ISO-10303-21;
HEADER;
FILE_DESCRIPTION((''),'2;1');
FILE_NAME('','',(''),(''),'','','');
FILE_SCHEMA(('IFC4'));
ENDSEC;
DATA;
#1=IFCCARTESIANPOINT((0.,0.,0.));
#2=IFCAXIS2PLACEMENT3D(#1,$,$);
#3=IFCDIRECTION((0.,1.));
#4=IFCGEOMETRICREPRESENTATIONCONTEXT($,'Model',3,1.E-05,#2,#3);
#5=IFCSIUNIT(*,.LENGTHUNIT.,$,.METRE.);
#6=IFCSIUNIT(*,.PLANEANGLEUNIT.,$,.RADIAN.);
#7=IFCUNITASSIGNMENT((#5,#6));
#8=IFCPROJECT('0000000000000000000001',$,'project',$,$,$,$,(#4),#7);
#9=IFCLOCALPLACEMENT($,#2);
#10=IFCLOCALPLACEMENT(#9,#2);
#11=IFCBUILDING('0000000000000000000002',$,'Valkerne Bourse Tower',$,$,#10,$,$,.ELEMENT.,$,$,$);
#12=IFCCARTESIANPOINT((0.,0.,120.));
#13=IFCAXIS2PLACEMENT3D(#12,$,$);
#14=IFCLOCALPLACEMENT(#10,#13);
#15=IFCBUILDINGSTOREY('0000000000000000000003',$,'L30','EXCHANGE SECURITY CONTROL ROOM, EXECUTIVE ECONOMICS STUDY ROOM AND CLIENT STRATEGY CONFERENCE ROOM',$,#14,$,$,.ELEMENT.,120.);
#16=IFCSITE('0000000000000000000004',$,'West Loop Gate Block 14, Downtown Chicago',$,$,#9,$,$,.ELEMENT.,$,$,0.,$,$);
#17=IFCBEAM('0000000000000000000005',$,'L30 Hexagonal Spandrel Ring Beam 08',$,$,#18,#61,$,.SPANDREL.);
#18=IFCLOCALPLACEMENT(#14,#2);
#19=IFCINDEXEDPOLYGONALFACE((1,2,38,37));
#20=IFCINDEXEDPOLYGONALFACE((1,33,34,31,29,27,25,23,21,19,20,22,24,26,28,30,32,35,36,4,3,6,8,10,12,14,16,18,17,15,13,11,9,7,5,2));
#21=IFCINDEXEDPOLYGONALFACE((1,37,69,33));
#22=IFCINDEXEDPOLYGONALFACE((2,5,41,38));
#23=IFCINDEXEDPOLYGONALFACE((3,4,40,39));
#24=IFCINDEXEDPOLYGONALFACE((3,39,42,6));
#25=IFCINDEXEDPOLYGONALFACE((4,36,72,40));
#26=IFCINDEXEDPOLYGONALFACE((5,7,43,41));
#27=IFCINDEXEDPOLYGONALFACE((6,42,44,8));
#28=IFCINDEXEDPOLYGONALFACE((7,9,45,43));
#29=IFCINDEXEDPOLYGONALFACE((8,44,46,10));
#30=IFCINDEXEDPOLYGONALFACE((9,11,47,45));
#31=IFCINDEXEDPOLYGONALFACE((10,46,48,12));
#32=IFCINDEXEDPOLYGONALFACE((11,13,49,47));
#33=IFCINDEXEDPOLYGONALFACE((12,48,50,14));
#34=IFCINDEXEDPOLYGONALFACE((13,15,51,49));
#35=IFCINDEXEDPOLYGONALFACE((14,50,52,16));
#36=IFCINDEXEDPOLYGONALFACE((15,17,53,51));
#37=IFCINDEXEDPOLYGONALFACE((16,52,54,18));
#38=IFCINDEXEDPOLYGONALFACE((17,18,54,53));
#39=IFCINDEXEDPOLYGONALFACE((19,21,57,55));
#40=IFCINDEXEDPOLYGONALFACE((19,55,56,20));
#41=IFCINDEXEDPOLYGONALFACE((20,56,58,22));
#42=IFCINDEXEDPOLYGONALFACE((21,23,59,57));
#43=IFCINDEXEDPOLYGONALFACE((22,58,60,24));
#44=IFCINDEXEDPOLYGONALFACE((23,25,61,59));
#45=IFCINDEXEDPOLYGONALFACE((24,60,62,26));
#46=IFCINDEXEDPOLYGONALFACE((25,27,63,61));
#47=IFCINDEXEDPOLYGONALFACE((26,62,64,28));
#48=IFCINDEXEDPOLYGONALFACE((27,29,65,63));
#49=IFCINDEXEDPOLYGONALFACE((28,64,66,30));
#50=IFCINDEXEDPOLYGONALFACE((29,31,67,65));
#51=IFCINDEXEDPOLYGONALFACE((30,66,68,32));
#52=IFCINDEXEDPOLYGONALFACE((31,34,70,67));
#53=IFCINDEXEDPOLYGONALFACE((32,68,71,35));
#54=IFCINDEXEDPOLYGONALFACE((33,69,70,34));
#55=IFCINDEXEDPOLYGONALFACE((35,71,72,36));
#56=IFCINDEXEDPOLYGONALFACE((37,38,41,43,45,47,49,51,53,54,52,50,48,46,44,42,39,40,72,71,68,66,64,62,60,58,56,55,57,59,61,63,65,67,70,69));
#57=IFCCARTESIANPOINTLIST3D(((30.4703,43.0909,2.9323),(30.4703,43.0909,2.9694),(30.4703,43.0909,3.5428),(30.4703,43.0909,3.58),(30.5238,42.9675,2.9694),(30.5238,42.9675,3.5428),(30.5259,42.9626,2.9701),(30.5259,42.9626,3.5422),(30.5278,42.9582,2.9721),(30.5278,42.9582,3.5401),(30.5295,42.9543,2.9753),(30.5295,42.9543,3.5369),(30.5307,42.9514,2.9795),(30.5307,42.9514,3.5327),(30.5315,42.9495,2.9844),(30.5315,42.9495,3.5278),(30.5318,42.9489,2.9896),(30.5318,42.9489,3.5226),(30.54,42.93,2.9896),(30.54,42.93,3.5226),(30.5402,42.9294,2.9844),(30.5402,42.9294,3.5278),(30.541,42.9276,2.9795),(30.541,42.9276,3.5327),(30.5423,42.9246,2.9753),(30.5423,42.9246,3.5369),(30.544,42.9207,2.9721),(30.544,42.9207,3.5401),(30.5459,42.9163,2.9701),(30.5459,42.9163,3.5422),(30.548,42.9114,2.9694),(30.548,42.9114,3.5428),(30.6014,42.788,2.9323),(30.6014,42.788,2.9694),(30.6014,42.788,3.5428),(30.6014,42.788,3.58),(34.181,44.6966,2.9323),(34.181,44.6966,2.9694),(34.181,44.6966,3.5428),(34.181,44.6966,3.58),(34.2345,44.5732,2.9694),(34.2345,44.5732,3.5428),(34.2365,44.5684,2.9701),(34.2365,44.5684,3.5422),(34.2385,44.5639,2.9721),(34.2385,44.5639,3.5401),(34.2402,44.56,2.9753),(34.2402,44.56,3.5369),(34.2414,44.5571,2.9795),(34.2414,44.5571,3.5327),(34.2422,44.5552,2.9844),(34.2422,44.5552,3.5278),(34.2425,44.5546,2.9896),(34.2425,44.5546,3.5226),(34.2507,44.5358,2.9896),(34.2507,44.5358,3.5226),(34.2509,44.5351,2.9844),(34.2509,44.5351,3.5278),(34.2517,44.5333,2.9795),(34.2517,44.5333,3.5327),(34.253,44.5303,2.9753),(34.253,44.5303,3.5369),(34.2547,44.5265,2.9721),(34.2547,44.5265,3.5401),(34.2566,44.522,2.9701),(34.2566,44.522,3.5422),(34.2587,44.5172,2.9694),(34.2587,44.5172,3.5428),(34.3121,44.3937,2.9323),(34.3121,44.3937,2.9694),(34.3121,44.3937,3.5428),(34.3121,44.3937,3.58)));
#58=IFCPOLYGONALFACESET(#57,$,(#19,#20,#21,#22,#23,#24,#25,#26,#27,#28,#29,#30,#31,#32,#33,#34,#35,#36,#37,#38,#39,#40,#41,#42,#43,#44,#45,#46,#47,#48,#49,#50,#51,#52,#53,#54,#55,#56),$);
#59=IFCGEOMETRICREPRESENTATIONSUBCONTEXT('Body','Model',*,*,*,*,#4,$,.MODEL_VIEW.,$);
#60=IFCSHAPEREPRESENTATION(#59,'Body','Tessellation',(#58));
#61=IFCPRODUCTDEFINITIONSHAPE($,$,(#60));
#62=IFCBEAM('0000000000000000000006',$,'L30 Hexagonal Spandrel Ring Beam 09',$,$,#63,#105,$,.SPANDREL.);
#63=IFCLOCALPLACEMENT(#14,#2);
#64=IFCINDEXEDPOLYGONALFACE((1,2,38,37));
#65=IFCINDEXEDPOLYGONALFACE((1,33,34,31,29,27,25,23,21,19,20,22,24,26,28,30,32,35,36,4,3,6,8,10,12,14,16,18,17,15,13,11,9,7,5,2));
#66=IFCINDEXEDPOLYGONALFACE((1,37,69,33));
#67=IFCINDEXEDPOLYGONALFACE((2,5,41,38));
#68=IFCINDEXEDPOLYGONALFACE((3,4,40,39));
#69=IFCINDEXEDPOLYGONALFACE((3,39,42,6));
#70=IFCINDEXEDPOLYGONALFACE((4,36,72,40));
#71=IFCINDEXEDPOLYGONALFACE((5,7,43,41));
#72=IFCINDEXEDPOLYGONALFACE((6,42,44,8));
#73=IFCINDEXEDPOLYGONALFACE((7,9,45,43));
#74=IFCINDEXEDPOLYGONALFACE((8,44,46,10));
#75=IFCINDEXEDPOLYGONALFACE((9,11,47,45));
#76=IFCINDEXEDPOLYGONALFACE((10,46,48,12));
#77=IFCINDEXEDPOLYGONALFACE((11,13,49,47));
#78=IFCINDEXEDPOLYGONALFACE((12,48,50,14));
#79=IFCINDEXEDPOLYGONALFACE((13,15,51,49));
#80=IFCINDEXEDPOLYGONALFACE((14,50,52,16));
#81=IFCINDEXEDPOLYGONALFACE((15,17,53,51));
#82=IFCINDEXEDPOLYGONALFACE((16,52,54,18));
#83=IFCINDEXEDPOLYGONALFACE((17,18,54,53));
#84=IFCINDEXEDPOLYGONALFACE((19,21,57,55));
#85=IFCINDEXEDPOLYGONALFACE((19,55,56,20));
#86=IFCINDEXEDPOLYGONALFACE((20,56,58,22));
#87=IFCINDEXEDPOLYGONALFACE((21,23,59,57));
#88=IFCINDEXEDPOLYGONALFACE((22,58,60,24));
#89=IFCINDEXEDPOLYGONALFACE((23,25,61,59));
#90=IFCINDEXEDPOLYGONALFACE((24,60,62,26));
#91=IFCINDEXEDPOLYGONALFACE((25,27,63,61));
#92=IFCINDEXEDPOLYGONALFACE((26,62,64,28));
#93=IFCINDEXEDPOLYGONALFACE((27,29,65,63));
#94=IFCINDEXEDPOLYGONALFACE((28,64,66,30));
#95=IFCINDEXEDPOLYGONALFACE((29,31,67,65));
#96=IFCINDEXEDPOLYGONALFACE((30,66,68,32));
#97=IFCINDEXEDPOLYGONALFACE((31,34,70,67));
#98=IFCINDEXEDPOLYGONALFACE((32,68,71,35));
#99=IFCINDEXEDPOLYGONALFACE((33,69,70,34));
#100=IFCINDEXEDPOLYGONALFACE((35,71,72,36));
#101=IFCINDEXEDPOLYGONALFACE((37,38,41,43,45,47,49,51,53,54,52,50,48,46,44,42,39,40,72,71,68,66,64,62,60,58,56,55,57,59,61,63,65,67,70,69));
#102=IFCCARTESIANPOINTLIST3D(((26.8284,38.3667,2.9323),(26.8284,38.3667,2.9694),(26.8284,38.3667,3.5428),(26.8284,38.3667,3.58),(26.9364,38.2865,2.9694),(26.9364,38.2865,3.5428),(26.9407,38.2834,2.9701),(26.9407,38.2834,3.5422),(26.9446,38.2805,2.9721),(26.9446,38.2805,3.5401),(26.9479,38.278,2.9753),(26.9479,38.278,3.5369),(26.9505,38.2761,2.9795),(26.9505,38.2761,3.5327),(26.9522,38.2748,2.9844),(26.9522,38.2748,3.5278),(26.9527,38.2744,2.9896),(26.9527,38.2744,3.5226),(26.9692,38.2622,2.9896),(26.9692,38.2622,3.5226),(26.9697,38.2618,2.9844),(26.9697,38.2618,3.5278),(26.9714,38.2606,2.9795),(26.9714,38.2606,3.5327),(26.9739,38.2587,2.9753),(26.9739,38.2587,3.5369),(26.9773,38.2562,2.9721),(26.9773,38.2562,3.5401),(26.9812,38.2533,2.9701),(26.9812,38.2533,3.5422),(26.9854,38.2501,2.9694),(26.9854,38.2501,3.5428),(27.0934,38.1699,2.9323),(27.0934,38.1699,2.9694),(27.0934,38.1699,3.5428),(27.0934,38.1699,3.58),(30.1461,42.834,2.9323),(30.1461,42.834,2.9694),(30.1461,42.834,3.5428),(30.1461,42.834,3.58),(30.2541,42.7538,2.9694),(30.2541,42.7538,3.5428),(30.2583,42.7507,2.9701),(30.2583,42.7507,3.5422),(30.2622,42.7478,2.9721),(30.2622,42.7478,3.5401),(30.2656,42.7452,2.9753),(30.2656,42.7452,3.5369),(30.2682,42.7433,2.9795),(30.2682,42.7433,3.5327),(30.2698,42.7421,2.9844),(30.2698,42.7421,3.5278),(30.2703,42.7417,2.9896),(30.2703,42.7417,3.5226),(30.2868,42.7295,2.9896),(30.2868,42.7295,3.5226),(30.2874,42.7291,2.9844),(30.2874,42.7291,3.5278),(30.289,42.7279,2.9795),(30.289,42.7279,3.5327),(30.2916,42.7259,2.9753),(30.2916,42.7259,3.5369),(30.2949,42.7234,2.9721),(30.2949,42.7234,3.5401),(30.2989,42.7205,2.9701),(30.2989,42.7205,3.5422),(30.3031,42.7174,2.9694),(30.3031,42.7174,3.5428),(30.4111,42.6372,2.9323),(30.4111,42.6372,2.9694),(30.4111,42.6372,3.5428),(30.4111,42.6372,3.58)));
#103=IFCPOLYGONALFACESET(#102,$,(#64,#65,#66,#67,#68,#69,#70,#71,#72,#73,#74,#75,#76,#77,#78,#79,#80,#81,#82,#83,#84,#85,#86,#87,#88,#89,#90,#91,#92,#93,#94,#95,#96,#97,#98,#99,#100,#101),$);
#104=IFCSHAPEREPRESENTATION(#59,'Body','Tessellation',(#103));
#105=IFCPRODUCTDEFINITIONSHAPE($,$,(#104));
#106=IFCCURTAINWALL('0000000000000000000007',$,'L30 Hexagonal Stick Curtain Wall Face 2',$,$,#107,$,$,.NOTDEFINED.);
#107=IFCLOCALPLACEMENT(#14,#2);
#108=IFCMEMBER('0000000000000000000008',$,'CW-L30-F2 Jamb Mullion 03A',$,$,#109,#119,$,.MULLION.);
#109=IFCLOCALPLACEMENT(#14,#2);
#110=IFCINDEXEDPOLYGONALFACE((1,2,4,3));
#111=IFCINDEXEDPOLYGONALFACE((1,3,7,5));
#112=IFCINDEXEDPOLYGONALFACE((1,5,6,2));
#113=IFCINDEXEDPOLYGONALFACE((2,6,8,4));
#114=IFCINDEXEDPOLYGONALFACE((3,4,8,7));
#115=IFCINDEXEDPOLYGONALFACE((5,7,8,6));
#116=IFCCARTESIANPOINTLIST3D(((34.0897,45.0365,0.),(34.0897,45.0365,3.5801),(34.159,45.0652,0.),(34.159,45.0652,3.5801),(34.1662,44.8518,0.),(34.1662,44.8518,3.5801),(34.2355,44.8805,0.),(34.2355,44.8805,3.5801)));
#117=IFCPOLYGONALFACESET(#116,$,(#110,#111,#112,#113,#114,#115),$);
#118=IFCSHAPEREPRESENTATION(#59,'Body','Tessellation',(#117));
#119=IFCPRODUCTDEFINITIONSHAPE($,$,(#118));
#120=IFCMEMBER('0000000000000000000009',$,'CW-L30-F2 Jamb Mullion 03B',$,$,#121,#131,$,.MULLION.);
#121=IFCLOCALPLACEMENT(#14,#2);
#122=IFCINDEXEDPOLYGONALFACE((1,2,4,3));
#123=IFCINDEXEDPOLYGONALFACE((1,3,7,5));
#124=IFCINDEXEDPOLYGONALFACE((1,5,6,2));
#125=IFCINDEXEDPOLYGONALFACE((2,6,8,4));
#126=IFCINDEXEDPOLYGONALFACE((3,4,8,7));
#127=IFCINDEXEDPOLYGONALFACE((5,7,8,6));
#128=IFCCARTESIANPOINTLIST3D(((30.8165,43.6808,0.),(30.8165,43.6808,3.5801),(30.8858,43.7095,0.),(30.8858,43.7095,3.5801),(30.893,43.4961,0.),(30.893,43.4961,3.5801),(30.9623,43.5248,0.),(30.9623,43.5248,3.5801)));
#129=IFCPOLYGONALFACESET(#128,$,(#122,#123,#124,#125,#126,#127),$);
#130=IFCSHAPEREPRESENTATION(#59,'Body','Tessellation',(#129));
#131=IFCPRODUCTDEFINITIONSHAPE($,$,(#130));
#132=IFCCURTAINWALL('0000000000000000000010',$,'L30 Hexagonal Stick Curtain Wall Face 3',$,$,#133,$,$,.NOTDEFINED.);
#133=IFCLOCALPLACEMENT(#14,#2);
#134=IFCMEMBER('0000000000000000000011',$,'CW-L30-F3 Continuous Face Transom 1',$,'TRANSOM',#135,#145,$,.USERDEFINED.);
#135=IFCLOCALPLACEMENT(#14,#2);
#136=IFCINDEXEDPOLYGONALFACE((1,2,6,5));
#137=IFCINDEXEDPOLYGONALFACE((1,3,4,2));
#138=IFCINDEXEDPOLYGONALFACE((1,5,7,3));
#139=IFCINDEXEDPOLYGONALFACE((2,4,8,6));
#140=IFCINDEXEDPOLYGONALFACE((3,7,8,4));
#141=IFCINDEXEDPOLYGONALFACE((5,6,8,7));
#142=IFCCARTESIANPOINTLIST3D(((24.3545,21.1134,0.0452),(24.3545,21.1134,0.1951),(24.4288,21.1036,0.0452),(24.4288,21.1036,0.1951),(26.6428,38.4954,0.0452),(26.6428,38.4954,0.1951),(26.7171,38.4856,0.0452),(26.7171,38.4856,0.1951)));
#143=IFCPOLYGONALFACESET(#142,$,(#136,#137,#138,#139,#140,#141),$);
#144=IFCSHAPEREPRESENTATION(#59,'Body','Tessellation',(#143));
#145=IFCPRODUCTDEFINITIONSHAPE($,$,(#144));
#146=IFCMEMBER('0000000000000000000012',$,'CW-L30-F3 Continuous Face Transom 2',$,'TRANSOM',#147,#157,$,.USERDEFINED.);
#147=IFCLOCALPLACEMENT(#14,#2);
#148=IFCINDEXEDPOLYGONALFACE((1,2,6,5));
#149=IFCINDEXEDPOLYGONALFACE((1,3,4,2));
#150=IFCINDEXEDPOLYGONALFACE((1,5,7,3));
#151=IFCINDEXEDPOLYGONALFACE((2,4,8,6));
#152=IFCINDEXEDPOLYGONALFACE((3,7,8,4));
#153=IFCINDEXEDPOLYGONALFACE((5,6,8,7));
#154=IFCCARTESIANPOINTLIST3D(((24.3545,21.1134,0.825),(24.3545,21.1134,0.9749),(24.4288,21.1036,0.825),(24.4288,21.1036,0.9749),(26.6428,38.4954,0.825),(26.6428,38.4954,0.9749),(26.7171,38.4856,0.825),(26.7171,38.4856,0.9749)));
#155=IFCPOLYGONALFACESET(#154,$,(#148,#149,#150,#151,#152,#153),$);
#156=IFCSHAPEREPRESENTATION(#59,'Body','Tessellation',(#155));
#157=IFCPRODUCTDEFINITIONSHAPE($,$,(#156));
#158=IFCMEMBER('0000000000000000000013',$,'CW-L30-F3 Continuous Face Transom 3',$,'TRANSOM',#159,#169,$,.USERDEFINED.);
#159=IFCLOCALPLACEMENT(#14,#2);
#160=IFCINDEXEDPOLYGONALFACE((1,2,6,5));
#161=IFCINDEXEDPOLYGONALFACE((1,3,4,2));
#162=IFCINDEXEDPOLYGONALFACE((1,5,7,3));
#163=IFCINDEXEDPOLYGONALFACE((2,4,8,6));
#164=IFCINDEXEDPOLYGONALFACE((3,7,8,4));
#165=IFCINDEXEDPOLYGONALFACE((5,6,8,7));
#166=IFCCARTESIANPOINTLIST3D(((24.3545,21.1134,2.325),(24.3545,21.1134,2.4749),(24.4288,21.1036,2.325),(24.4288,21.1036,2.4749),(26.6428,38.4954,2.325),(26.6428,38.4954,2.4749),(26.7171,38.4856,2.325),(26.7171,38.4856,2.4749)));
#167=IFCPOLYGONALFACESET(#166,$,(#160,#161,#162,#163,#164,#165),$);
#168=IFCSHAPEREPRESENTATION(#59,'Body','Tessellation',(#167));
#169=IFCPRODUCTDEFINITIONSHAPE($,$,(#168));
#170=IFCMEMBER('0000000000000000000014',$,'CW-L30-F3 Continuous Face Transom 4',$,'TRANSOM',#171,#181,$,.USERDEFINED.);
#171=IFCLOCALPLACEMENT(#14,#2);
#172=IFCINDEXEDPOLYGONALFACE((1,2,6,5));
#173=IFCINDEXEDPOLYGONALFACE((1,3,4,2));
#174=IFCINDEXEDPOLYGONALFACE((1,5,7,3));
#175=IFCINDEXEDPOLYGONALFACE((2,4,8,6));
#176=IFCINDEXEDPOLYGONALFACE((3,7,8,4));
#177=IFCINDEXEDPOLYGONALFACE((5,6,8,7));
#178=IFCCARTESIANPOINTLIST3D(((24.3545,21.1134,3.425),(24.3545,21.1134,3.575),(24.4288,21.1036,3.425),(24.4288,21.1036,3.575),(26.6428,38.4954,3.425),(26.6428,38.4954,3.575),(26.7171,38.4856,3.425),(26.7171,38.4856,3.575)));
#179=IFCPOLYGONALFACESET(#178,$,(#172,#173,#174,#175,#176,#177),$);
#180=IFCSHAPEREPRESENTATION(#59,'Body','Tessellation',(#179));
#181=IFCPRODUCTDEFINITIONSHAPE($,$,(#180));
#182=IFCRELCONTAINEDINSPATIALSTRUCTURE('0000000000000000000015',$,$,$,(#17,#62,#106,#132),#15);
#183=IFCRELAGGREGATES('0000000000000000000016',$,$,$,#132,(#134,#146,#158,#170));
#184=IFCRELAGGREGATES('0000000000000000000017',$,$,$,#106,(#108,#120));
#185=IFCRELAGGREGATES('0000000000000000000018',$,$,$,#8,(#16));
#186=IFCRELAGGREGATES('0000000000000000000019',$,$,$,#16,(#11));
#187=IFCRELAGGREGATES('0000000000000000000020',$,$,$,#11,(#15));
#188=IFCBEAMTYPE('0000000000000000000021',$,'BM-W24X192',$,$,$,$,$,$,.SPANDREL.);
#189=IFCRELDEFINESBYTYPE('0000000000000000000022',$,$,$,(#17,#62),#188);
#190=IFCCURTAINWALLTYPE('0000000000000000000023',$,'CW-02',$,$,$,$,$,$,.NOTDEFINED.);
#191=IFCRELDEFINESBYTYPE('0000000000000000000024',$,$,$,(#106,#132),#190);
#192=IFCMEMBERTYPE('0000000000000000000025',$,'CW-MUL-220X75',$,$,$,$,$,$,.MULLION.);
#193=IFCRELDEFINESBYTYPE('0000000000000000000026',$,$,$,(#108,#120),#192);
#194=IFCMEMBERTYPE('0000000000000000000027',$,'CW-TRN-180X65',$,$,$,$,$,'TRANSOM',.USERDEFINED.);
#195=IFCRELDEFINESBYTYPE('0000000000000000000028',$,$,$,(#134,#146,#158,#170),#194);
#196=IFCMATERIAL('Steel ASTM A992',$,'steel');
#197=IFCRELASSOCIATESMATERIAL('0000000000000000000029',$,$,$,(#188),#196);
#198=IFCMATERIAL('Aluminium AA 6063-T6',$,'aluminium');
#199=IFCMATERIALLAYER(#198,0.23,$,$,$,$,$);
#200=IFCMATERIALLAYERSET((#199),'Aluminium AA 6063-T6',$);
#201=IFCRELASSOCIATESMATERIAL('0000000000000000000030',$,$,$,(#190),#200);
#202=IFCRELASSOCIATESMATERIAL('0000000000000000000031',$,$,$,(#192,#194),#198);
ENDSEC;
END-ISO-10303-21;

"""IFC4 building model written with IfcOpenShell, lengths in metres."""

from ifc_helpers import new_model, si_unit, direction, frame, origin, origin_2d, place, context, subcontext, project, spatial, rectangle, i_section, extrude, material, layer, layer_set, material_profile, profile_set, type_object, element, aggregate, save


model = new_model("IFC4")

# Units and contexts
model_context = context("Model", 3, precision=1e-05, world=origin(), true_north=direction((0.0, 1.0)))
body_context = subcontext(model_context, "Body", "Model", "MODEL_VIEW")
ifc_project = project(units=[si_unit("LENGTHUNIT", "METRE"), si_unit("PLANEANGLEUNIT", "RADIAN")], contexts=[model_context])

# Site, building, storey
site_placement = place(None, origin())
site = spatial("IfcSite", under=ifc_project, at=site_placement, Name="West Loop Gate Block 14, Downtown Chicago", CompositionType="ELEMENT", RefElevation=0.0)
building_placement = place(site_placement, origin())
building = spatial("IfcBuilding", under=site, at=building_placement, Name="Valkerne Bourse Tower", CompositionType="ELEMENT")
storey_placement = place(building_placement, frame((0.0, 0.0, 120.0)))
storey = spatial("IfcBuildingStorey", under=building, at=storey_placement, Name="L30", Description="EXCHANGE SECURITY CONTROL ROOM, EXECUTIVE ECONOMICS STUDY ROOM AND CLIENT STRATEGY CONFERENCE ROOM", CompositionType="ELEMENT", Elevation=120.0)

# Beams
ifc_material_1 = material(Name="Steel ASTM A992", Category="steel")
ifc_material_profile_1 = material_profile(ifc_material_1, i_section(OverallWidth=0.3301, OverallDepth=0.6477, WebThickness=0.0205, FlangeThickness=0.0371, FilletRadius=0.0203, at=origin_2d()), Name="W24X192")
ifc_profile_set_1 = profile_set([ifc_material_profile_1], Name="Steel ASTM A992")
beam_type_1 = type_object("IfcBeamType", Name="BM-W24X192", PredefinedType="SPANDREL", material=ifc_profile_set_1)
beam_1_placement = place(storey_placement, frame((34.2466, 44.5452, 3.2561), z_axis=(-0.917759, -0.397138, 0.0), x_axis=(0.397138, -0.917759, 0.0)))
element("IfcBeam", 1, at=beam_1_placement, inside=storey, type_object=beam_type_1, Name="L30 Hexagonal Spandrel Ring Beam 08", PredefinedType="SPANDREL", context=body_context, shape_type="SweptSolid", body=[
    extrude(i_section(OverallWidth=0.3301, OverallDepth=0.6477, WebThickness=0.0205, FlangeThickness=0.0371, FilletRadius=0.0203, at=origin_2d()), origin(), (0.0, 0.0, 1.0), 4.0432),
])
beam_2_placement = place(storey_placement, frame((30.2786, 42.7356, 3.2561), z_axis=(-0.596217, -0.802824, 0.0), x_axis=(0.802824, -0.596217, 0.0)))
element("IfcBeam", 2, at=beam_2_placement, inside=storey, type_object=beam_type_1, Name="L30 Hexagonal Spandrel Ring Beam 09", PredefinedType="SPANDREL", context=body_context, shape_type="SweptSolid", body=[
    extrude(i_section(OverallWidth=0.3301, OverallDepth=0.6477, WebThickness=0.0205, FlangeThickness=0.0371, FilletRadius=0.0203, at=origin_2d()), origin(), (0.0, 0.0, 1.0), 5.5645),
])

# Curtain walls, members
ifc_material_2 = material(Name="Aluminium AA 6063-T6", Category="aluminium")
ifc_layer_1 = layer(ifc_material_2, 0.23)
ifc_layer_set_1 = layer_set([ifc_layer_1], Name="Aluminium AA 6063-T6")
curtain_wall_type = type_object("IfcCurtainWallType", Name="CW-02", PredefinedType="NOTDEFINED", material=ifc_layer_set_1)
curtain_wall_1_placement = place(storey_placement, origin())
curtain_wall_1 = element("IfcCurtainWall", 3, at=curtain_wall_1_placement, inside=storey, type_object=curtain_wall_type, Name="L30 Hexagonal Stick Curtain Wall Face 2", PredefinedType="NOTDEFINED")
ifc_material_profile_2 = material_profile(ifc_material_2, rectangle(XDim=0.075, YDim=0.2, at=origin_2d()), Name="CWM-75X200")
ifc_profile_set_2 = profile_set([ifc_material_profile_2], Name="Aluminium AA 6063-T6")
member_type_1 = type_object("IfcMemberType", Name="CW-MUL-220X75", PredefinedType="MULLION", material=ifc_profile_set_2)
member_1_placement = place(storey_placement, frame((34.1626, 44.9585, 0.0), z_axis=(0.0, 0.0, 1.0), x_axis=(-0.923878, -0.382688, 0.0)))
member_1 = element("IfcMember", 4, at=member_1_placement, type_object=member_type_1, Name="CW-L30-F2 Jamb Mullion 03A", PredefinedType="MULLION", context=body_context, shape_type="SweptSolid", body=[
    extrude(rectangle(XDim=0.075, YDim=0.2, at=origin_2d()), origin(), (0.0, 0.0, 1.0), 3.5801),
])
member_2_placement = place(storey_placement, frame((30.8894, 43.6028, 0.0), z_axis=(0.0, 0.0, 1.0), x_axis=(-0.923878, -0.382688, 0.0)))
member_2 = element("IfcMember", 5, at=member_2_placement, type_object=member_type_1, Name="CW-L30-F2 Jamb Mullion 03B", PredefinedType="MULLION", context=body_context, shape_type="SweptSolid", body=[
    extrude(rectangle(XDim=0.075, YDim=0.2, at=origin_2d()), origin(), (0.0, 0.0, 1.0), 3.5801),
])
curtain_wall_2_placement = place(storey_placement, origin())
curtain_wall_2 = element("IfcCurtainWall", 6, at=curtain_wall_2_placement, inside=storey, type_object=curtain_wall_type, Name="L30 Hexagonal Stick Curtain Wall Face 3", PredefinedType="NOTDEFINED")
ifc_material_profile_3 = material_profile(ifc_material_2, rectangle(XDim=0.075, YDim=0.1499, at=origin_2d()), Name="CWT-75X150")
ifc_profile_set_3 = profile_set([ifc_material_profile_3], Name="Aluminium AA 6063-T6")
member_type_2 = type_object("IfcMemberType", Name="CW-TRN-180X65", ElementType="TRANSOM", PredefinedType="USERDEFINED", material=ifc_profile_set_3)
member_3_placement = place(storey_placement, frame((26.6799, 38.4905, 0.1201), z_axis=(-0.130523, -0.991445, 0.0), x_axis=(0.991445, -0.130523, 0.0)))
member_3 = element("IfcMember", 7, at=member_3_placement, type_object=member_type_2, Name="CW-L30-F3 Continuous Face Transom 1", ObjectType="TRANSOM", PredefinedType="USERDEFINED", context=body_context, shape_type="SweptSolid", body=[
    extrude(rectangle(XDim=0.075, YDim=0.1499, at=origin_2d()), origin(), (0.0, 0.0, 1.0), 17.532),
])
member_4_placement = place(storey_placement, frame((26.6799, 38.4905, 0.8999), z_axis=(-0.130523, -0.991445, 0.0), x_axis=(0.991445, -0.130523, 0.0)))
member_4 = element("IfcMember", 8, at=member_4_placement, type_object=member_type_2, Name="CW-L30-F3 Continuous Face Transom 2", ObjectType="TRANSOM", PredefinedType="USERDEFINED", context=body_context, shape_type="SweptSolid", body=[
    extrude(rectangle(XDim=0.075, YDim=0.1499, at=origin_2d()), origin(), (0.0, 0.0, 1.0), 17.532),
])
member_5_placement = place(storey_placement, frame((26.6799, 38.4905, 2.3999), z_axis=(-0.130523, -0.991445, 0.0), x_axis=(0.991445, -0.130523, 0.0)))
member_5 = element("IfcMember", 9, at=member_5_placement, type_object=member_type_2, Name="CW-L30-F3 Continuous Face Transom 3", ObjectType="TRANSOM", PredefinedType="USERDEFINED", context=body_context, shape_type="SweptSolid", body=[
    extrude(rectangle(XDim=0.075, YDim=0.1499, at=origin_2d()), origin(), (0.0, 0.0, 1.0), 17.532),
])
member_6_placement = place(storey_placement, frame((26.6799, 38.4905, 3.5), z_axis=(-0.130523, -0.991445, 0.0), x_axis=(0.991445, -0.130523, 0.0)))
member_6 = element("IfcMember", 10, at=member_6_placement, type_object=member_type_2, Name="CW-L30-F3 Continuous Face Transom 4", ObjectType="TRANSOM", PredefinedType="USERDEFINED", context=body_context, shape_type="SweptSolid", body=[
    extrude(rectangle(XDim=0.075, YDim=0.1499, at=origin_2d()), origin(), (0.0, 0.0, 1.0), 17.532),
])
aggregate(curtain_wall_2, [member_3, member_4, member_5, member_6])

aggregate(curtain_wall_1, [member_1, member_2])

save(model, "model.ifc")
